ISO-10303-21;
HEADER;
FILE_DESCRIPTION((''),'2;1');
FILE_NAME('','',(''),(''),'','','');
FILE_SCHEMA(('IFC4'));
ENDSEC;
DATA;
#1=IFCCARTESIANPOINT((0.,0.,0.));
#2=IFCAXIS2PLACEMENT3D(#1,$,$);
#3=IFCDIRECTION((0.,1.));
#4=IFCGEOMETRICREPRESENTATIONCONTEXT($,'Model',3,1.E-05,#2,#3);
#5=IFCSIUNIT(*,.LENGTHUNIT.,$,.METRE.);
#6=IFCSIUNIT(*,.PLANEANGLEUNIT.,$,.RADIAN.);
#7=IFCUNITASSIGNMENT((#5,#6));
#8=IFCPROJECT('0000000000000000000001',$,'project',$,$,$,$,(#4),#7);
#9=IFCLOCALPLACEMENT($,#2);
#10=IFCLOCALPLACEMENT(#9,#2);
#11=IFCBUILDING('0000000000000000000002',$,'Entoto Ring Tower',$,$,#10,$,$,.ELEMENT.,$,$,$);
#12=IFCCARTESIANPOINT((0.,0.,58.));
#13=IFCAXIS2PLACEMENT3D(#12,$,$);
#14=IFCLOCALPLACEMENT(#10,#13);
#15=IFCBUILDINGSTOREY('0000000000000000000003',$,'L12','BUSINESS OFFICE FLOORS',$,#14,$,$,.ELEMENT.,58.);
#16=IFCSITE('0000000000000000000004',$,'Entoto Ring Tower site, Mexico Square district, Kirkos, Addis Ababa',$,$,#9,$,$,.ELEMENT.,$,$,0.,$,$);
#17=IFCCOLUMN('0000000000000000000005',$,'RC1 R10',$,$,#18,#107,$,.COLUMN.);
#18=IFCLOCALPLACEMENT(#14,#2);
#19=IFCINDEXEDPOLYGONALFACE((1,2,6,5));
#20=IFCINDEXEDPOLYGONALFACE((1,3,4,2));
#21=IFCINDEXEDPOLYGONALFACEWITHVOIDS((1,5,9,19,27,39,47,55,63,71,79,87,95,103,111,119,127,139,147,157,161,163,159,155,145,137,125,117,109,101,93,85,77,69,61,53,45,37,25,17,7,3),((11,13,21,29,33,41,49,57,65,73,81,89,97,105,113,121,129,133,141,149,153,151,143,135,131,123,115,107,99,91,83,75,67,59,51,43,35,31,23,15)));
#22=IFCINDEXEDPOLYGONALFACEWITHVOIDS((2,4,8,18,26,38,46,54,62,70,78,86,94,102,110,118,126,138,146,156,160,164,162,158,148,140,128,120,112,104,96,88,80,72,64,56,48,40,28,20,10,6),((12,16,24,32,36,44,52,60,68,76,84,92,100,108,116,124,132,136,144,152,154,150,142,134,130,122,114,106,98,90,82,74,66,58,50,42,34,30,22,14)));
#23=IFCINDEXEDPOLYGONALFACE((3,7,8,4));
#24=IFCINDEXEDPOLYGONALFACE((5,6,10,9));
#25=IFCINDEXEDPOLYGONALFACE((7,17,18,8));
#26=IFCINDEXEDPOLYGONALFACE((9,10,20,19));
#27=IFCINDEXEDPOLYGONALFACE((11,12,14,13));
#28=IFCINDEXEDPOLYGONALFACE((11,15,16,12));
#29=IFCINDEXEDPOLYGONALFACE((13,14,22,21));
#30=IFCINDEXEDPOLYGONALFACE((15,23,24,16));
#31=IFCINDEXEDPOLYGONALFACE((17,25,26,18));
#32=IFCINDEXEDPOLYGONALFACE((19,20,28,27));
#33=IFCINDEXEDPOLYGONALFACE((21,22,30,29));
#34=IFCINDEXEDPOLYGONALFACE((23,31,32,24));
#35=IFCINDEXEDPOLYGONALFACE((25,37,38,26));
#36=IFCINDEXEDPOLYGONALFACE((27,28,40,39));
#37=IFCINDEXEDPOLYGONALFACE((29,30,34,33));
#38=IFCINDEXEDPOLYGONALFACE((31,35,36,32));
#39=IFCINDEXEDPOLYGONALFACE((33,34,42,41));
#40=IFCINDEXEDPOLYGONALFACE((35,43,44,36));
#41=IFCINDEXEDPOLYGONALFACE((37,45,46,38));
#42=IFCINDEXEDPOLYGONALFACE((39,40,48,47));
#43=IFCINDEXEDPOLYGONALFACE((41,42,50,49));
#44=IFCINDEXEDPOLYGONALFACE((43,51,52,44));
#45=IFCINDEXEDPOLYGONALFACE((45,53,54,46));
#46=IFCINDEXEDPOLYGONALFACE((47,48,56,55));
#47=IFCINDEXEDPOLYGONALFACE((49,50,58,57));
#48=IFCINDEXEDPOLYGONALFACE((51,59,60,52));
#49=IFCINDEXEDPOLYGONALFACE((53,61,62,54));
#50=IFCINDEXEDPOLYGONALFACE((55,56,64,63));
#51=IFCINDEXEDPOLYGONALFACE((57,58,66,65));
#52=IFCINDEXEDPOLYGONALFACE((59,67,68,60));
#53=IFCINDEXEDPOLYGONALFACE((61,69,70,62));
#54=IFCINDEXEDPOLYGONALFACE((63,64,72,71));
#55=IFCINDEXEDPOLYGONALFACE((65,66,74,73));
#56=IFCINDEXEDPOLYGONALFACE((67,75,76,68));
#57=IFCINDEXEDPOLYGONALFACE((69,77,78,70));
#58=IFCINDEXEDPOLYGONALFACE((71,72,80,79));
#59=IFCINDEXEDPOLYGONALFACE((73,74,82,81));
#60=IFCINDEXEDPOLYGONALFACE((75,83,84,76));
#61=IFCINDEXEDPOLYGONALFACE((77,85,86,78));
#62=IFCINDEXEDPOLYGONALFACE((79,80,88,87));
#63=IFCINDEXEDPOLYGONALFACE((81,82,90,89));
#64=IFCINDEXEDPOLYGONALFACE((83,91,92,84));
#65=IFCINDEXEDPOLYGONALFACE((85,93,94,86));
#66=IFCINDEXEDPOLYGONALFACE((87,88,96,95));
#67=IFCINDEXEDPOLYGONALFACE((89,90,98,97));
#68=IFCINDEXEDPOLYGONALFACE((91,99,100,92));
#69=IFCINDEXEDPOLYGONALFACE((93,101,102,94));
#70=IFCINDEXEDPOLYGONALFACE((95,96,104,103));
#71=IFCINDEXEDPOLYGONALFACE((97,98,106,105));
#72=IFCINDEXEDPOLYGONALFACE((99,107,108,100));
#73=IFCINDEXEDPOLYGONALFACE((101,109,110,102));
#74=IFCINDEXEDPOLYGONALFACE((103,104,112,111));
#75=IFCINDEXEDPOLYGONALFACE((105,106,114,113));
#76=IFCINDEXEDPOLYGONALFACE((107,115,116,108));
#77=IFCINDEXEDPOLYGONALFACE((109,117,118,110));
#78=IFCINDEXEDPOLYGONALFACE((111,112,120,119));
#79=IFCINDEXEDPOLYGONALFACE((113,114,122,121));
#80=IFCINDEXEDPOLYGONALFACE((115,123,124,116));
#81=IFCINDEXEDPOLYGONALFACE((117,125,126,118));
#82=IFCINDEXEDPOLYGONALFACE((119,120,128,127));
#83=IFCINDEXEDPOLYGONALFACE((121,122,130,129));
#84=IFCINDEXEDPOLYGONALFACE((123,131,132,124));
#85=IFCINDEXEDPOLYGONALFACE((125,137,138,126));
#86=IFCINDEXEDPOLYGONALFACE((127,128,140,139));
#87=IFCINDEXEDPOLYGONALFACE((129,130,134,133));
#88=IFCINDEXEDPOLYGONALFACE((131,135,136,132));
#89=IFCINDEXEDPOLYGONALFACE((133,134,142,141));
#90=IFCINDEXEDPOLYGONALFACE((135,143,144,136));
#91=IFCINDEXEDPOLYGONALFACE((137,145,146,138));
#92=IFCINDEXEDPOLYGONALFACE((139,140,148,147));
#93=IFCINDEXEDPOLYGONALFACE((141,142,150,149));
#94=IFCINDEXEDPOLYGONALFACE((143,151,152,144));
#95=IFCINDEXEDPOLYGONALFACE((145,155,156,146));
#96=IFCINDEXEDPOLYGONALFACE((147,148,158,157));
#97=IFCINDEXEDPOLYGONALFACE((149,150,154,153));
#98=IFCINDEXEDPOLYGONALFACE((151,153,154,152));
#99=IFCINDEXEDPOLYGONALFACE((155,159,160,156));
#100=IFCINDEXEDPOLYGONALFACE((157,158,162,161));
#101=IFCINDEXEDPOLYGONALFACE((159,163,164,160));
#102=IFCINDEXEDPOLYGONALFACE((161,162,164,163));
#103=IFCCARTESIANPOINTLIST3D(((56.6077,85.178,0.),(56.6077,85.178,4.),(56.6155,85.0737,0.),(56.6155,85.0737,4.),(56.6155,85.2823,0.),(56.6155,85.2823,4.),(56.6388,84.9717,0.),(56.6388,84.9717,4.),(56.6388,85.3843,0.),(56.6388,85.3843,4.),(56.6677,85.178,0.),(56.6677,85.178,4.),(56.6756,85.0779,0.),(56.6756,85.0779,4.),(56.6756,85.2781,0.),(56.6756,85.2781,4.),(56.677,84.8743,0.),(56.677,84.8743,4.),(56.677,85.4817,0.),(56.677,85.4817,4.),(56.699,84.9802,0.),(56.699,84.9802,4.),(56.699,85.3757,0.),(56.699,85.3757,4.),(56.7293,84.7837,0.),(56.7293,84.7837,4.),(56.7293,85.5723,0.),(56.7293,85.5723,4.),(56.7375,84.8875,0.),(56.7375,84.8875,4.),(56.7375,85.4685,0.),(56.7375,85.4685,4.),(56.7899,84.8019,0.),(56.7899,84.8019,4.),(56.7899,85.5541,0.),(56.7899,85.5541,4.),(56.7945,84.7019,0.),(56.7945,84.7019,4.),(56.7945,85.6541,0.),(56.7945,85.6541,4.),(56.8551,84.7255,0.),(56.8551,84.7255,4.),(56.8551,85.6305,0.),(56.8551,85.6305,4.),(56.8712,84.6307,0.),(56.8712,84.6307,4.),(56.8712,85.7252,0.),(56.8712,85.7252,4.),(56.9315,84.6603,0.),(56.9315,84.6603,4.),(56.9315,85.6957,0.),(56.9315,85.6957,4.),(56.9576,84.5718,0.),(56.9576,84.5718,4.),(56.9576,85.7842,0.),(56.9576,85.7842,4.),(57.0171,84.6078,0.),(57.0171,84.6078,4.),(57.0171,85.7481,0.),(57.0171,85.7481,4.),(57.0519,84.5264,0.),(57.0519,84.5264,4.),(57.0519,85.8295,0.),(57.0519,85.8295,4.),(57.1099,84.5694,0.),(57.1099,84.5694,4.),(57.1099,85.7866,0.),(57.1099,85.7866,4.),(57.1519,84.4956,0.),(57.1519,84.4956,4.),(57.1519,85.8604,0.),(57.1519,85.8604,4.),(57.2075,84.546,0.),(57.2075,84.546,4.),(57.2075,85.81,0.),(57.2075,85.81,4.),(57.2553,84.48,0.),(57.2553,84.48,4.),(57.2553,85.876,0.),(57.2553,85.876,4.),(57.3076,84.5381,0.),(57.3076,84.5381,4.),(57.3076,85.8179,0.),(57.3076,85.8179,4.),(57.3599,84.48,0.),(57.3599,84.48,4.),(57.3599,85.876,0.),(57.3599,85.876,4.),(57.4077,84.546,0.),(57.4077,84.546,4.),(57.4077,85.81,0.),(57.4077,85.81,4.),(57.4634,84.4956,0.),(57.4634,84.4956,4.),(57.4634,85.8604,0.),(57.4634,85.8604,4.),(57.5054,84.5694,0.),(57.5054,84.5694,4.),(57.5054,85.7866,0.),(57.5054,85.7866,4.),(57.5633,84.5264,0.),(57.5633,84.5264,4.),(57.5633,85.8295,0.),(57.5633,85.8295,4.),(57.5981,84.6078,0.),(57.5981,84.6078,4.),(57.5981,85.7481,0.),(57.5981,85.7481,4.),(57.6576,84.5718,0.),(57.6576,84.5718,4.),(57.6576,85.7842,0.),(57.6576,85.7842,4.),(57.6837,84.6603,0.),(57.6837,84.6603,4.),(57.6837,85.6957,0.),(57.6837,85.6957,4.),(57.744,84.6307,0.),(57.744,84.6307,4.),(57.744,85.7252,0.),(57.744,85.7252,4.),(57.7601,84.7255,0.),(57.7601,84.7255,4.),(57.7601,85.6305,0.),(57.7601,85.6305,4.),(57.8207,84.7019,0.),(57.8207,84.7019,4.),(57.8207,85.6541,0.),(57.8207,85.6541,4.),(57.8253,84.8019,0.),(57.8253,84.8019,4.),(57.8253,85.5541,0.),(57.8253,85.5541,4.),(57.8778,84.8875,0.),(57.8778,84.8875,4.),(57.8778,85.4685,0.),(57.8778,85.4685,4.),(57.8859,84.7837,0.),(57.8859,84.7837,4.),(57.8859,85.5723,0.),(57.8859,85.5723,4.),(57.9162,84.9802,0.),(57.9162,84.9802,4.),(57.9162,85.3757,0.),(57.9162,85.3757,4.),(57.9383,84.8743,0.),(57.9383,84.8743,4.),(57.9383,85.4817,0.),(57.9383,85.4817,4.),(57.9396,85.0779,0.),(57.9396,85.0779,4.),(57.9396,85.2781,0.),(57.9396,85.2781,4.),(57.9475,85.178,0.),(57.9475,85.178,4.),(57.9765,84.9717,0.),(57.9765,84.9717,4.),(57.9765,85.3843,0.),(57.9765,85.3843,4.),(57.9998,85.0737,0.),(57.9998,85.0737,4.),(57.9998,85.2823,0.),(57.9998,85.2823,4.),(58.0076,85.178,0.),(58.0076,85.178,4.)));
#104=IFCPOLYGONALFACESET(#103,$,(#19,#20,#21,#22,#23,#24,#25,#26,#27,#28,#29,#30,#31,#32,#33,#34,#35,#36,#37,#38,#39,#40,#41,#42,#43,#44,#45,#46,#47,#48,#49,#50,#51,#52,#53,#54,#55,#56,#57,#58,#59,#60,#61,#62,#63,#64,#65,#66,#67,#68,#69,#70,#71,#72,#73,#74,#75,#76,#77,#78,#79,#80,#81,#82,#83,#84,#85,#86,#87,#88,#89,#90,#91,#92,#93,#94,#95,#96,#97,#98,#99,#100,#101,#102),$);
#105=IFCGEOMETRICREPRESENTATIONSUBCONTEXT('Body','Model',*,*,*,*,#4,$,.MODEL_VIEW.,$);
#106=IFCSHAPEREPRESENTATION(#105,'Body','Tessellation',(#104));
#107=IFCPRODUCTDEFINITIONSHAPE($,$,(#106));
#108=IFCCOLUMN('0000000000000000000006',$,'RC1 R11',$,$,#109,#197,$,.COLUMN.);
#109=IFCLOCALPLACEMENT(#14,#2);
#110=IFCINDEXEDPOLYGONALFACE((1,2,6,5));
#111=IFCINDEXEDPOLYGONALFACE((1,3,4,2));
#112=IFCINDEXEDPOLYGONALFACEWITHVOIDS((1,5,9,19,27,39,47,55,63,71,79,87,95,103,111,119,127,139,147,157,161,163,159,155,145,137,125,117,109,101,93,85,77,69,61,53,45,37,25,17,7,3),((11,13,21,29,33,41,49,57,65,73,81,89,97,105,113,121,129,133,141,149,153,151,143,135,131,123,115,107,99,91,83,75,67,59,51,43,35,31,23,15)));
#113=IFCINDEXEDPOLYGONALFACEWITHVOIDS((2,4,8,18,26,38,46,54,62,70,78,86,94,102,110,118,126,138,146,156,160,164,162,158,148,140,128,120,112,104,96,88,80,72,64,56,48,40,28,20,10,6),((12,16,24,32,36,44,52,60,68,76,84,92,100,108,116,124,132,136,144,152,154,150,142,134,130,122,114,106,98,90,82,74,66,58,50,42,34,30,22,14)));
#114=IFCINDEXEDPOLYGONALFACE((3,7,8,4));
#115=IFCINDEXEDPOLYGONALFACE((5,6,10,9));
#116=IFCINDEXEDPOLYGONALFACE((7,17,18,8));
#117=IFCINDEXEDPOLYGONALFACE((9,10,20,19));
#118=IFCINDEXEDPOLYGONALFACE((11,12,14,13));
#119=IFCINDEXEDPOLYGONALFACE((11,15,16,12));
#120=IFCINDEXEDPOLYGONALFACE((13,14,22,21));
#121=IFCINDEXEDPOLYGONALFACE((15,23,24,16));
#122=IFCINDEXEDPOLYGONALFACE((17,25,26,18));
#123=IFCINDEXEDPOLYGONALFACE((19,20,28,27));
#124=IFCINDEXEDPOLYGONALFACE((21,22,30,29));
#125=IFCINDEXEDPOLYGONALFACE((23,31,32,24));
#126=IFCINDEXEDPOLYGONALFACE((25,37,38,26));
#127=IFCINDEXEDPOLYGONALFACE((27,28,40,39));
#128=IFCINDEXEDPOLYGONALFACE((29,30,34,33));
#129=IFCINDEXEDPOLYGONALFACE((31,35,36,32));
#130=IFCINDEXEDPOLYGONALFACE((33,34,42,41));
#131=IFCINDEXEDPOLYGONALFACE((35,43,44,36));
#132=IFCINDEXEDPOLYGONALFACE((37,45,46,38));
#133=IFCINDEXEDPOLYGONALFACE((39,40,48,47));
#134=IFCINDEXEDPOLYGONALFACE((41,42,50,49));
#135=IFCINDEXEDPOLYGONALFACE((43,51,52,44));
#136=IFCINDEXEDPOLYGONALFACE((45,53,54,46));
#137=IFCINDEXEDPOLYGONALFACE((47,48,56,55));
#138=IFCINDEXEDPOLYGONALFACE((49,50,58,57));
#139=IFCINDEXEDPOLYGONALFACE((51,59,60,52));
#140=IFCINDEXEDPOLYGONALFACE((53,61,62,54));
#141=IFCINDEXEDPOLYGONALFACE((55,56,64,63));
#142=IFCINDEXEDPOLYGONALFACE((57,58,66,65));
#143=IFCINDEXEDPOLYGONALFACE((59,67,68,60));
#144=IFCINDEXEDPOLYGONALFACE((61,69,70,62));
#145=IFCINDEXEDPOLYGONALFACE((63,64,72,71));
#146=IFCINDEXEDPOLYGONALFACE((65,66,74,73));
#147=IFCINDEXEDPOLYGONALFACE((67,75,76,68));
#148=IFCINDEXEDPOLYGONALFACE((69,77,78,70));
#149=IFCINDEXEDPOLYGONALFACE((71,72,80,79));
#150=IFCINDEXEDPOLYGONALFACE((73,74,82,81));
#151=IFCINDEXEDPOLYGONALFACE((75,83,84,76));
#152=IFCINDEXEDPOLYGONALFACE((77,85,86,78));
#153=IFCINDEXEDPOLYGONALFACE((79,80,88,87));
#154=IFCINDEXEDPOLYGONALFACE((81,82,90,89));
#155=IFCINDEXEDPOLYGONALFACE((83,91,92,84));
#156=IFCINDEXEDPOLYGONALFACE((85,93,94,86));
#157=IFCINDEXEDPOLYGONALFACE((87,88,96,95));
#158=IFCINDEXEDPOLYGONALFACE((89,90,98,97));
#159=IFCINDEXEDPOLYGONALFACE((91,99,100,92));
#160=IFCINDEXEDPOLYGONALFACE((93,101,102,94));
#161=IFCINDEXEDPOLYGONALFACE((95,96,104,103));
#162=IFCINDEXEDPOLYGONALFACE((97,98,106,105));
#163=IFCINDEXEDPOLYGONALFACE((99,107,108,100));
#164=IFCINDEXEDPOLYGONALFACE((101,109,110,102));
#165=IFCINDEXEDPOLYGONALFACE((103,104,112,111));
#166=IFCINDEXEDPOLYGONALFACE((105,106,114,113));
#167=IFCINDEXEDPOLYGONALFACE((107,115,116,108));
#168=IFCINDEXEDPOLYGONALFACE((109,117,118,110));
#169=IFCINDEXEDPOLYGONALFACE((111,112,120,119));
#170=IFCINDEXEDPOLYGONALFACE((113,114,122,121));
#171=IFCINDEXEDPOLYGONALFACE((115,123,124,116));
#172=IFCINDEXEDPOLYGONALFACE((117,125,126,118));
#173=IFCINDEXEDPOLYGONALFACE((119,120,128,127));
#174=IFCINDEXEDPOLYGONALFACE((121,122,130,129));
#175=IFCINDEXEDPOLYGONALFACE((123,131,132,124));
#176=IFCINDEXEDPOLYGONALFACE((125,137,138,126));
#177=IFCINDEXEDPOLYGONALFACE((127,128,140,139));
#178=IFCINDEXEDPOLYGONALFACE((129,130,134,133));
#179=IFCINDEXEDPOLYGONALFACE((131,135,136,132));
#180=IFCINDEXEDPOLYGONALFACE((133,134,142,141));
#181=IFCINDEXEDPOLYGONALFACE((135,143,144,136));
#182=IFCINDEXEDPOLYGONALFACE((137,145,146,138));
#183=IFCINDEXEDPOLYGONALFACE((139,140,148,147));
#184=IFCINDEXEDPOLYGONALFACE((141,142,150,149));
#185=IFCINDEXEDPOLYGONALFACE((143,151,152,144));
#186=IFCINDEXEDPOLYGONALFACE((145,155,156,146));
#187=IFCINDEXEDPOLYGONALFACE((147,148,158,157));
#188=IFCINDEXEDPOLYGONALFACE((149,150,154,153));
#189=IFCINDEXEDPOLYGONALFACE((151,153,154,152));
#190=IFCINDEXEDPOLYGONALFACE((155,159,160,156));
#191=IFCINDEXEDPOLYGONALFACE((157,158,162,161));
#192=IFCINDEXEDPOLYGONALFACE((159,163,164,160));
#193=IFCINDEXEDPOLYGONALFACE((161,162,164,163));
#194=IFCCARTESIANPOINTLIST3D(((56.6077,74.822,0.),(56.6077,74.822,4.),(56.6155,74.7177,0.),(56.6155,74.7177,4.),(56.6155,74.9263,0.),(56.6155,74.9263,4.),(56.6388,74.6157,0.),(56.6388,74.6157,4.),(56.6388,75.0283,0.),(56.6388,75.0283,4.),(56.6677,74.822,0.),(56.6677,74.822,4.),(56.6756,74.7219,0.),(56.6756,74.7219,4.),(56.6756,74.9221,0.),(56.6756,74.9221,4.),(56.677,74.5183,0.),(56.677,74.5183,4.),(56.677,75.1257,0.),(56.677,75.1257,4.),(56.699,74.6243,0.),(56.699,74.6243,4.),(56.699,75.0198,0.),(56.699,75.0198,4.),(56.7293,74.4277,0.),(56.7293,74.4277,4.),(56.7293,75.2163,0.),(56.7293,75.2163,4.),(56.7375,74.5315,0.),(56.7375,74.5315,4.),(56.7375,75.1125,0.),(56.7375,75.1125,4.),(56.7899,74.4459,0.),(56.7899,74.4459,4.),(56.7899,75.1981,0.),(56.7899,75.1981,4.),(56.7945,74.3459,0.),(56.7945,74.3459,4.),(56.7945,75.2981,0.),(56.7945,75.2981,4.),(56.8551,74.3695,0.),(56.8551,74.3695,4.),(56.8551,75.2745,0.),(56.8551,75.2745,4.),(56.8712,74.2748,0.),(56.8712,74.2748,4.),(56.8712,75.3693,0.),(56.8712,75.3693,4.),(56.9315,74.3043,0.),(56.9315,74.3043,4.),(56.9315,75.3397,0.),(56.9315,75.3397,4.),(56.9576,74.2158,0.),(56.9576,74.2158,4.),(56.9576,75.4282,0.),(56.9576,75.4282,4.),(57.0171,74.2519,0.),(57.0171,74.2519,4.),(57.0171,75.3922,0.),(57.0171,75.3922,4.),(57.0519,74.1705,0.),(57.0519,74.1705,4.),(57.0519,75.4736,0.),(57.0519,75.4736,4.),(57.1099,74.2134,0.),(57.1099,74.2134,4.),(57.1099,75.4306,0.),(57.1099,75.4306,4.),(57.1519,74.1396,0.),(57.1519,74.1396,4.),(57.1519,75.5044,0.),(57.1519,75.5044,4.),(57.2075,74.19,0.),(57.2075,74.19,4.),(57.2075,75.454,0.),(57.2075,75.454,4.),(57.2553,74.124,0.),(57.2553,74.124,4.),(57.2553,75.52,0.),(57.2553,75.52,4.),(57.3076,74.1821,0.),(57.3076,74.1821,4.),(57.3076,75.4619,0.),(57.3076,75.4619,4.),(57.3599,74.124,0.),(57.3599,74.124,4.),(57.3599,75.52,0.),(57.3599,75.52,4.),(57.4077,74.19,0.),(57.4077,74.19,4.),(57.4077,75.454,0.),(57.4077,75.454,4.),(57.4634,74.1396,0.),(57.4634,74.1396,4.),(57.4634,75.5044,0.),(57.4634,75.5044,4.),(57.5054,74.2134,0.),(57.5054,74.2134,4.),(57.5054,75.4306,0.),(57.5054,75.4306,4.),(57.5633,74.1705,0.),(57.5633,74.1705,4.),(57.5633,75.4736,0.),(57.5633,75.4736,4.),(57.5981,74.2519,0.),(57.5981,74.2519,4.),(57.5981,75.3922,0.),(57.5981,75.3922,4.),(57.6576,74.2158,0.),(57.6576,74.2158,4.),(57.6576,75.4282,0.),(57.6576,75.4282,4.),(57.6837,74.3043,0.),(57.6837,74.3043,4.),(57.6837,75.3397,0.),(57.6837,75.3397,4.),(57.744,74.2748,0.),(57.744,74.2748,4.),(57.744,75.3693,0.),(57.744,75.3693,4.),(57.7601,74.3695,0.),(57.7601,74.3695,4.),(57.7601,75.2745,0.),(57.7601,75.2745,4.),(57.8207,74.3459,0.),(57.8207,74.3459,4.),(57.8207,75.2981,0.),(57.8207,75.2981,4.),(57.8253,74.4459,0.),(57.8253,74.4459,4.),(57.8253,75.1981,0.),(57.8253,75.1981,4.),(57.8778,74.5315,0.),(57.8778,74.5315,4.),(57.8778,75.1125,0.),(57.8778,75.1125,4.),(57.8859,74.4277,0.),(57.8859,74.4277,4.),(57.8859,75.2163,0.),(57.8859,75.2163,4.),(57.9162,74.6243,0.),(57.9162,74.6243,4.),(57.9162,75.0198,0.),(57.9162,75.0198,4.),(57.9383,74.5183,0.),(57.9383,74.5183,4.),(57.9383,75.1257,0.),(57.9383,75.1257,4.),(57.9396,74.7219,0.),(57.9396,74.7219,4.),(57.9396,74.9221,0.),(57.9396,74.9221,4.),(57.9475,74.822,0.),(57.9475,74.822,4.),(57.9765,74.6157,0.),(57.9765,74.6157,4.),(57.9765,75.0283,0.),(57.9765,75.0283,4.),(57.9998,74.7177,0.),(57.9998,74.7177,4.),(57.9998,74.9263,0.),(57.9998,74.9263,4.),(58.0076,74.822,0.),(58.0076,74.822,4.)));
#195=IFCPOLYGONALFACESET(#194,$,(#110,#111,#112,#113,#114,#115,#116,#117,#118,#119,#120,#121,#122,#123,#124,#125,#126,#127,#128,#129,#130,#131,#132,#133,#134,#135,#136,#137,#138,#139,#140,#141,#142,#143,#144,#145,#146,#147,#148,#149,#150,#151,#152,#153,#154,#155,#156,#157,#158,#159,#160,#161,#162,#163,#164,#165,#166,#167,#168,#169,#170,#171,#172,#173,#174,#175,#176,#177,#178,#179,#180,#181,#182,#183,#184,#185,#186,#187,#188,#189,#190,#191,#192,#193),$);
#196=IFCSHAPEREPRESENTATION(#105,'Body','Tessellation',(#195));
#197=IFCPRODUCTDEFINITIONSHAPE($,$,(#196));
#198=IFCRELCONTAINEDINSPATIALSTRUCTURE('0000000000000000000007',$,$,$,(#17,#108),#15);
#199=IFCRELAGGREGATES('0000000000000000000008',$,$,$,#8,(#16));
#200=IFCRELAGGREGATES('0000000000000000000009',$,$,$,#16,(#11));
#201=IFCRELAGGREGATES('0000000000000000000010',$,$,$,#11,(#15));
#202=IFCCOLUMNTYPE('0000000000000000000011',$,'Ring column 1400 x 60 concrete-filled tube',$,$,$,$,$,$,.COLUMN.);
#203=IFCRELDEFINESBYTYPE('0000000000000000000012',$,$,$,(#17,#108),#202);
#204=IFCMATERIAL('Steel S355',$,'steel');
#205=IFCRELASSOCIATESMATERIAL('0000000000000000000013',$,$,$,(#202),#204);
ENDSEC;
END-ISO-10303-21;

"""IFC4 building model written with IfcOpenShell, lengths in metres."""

from ifc_helpers import new_model, si_unit, direction, frame, origin, origin_2d, place, context, subcontext, project, spatial, circle, hollow_circle, extrude, material, material_profile, profile_set, type_object, element, save


model = new_model("IFC4")

# Units and contexts
model_context = context("Model", 3, precision=1e-05, world=origin(), true_north=direction((0.0, 1.0)))
body_context = subcontext(model_context, "Body", "Model", "MODEL_VIEW")
ifc_project = project(units=[si_unit("LENGTHUNIT", "METRE"), si_unit("PLANEANGLEUNIT", "RADIAN")], contexts=[model_context])

# Site, building, storey
site_placement = place(None, origin())
site = spatial("IfcSite", under=ifc_project, at=site_placement, Name="Entoto Ring Tower site, Mexico Square district, Kirkos, Addis Ababa", CompositionType="ELEMENT", RefElevation=0.0)
building_placement = place(site_placement, origin())
building = spatial("IfcBuilding", under=site, at=building_placement, Name="Entoto Ring Tower", CompositionType="ELEMENT")
storey_placement = place(building_placement, frame((0.0, 0.0, 58.0)))
storey = spatial("IfcBuildingStorey", under=building, at=storey_placement, Name="L12", Description="BUSINESS OFFICE FLOORS", CompositionType="ELEMENT", Elevation=58.0)

# Columns
ifc_material_1 = material(Name="Steel S355", Category="steel")
ifc_material_profile_1 = material_profile(ifc_material_1, hollow_circle(Radius=0.7, WallThickness=0.0601, at=origin_2d()), Name="CHS 1400 x 60")
ifc_material_2 = material(Name="Concrete C60/75", Category="concrete")
ifc_material_profile_2 = material_profile(ifc_material_2, circle(Radius=0.6399, at=origin_2d()), Name="Concrete C60/75 infill")
ifc_profile_set_1 = profile_set([ifc_material_profile_1, ifc_material_profile_2], Name="Steel S355")
column_type = type_object("IfcColumnType", Name="Ring column 1400 x 60 concrete-filled tube", PredefinedType="COLUMN", material=ifc_profile_set_1)
for number, where, z_axis, x_axis, name in (
    (1, (57.3076, 85.178, 0.0), (0.0, 0.0, 1.0), (1.0, 0.0, 0.0), "RC1 R10"),
    (2, (57.3076, 74.822, 0.0), (0.0, 0.0, 1.0), (1.0, 0.0, 0.0), "RC1 R11"),
):
    element("IfcColumn", number, at=place(storey_placement, frame(where, z_axis=z_axis, x_axis=x_axis)), inside=storey, type_object=column_type, Name=name, PredefinedType="COLUMN", context=body_context, shape_type="SweptSolid", body=[
        extrude(hollow_circle(Radius=0.7, WallThickness=0.0601, at=origin_2d()), origin(), (0.0, 0.0, 1.0), 4.0),
    ])

save(model, "model.ifc")
